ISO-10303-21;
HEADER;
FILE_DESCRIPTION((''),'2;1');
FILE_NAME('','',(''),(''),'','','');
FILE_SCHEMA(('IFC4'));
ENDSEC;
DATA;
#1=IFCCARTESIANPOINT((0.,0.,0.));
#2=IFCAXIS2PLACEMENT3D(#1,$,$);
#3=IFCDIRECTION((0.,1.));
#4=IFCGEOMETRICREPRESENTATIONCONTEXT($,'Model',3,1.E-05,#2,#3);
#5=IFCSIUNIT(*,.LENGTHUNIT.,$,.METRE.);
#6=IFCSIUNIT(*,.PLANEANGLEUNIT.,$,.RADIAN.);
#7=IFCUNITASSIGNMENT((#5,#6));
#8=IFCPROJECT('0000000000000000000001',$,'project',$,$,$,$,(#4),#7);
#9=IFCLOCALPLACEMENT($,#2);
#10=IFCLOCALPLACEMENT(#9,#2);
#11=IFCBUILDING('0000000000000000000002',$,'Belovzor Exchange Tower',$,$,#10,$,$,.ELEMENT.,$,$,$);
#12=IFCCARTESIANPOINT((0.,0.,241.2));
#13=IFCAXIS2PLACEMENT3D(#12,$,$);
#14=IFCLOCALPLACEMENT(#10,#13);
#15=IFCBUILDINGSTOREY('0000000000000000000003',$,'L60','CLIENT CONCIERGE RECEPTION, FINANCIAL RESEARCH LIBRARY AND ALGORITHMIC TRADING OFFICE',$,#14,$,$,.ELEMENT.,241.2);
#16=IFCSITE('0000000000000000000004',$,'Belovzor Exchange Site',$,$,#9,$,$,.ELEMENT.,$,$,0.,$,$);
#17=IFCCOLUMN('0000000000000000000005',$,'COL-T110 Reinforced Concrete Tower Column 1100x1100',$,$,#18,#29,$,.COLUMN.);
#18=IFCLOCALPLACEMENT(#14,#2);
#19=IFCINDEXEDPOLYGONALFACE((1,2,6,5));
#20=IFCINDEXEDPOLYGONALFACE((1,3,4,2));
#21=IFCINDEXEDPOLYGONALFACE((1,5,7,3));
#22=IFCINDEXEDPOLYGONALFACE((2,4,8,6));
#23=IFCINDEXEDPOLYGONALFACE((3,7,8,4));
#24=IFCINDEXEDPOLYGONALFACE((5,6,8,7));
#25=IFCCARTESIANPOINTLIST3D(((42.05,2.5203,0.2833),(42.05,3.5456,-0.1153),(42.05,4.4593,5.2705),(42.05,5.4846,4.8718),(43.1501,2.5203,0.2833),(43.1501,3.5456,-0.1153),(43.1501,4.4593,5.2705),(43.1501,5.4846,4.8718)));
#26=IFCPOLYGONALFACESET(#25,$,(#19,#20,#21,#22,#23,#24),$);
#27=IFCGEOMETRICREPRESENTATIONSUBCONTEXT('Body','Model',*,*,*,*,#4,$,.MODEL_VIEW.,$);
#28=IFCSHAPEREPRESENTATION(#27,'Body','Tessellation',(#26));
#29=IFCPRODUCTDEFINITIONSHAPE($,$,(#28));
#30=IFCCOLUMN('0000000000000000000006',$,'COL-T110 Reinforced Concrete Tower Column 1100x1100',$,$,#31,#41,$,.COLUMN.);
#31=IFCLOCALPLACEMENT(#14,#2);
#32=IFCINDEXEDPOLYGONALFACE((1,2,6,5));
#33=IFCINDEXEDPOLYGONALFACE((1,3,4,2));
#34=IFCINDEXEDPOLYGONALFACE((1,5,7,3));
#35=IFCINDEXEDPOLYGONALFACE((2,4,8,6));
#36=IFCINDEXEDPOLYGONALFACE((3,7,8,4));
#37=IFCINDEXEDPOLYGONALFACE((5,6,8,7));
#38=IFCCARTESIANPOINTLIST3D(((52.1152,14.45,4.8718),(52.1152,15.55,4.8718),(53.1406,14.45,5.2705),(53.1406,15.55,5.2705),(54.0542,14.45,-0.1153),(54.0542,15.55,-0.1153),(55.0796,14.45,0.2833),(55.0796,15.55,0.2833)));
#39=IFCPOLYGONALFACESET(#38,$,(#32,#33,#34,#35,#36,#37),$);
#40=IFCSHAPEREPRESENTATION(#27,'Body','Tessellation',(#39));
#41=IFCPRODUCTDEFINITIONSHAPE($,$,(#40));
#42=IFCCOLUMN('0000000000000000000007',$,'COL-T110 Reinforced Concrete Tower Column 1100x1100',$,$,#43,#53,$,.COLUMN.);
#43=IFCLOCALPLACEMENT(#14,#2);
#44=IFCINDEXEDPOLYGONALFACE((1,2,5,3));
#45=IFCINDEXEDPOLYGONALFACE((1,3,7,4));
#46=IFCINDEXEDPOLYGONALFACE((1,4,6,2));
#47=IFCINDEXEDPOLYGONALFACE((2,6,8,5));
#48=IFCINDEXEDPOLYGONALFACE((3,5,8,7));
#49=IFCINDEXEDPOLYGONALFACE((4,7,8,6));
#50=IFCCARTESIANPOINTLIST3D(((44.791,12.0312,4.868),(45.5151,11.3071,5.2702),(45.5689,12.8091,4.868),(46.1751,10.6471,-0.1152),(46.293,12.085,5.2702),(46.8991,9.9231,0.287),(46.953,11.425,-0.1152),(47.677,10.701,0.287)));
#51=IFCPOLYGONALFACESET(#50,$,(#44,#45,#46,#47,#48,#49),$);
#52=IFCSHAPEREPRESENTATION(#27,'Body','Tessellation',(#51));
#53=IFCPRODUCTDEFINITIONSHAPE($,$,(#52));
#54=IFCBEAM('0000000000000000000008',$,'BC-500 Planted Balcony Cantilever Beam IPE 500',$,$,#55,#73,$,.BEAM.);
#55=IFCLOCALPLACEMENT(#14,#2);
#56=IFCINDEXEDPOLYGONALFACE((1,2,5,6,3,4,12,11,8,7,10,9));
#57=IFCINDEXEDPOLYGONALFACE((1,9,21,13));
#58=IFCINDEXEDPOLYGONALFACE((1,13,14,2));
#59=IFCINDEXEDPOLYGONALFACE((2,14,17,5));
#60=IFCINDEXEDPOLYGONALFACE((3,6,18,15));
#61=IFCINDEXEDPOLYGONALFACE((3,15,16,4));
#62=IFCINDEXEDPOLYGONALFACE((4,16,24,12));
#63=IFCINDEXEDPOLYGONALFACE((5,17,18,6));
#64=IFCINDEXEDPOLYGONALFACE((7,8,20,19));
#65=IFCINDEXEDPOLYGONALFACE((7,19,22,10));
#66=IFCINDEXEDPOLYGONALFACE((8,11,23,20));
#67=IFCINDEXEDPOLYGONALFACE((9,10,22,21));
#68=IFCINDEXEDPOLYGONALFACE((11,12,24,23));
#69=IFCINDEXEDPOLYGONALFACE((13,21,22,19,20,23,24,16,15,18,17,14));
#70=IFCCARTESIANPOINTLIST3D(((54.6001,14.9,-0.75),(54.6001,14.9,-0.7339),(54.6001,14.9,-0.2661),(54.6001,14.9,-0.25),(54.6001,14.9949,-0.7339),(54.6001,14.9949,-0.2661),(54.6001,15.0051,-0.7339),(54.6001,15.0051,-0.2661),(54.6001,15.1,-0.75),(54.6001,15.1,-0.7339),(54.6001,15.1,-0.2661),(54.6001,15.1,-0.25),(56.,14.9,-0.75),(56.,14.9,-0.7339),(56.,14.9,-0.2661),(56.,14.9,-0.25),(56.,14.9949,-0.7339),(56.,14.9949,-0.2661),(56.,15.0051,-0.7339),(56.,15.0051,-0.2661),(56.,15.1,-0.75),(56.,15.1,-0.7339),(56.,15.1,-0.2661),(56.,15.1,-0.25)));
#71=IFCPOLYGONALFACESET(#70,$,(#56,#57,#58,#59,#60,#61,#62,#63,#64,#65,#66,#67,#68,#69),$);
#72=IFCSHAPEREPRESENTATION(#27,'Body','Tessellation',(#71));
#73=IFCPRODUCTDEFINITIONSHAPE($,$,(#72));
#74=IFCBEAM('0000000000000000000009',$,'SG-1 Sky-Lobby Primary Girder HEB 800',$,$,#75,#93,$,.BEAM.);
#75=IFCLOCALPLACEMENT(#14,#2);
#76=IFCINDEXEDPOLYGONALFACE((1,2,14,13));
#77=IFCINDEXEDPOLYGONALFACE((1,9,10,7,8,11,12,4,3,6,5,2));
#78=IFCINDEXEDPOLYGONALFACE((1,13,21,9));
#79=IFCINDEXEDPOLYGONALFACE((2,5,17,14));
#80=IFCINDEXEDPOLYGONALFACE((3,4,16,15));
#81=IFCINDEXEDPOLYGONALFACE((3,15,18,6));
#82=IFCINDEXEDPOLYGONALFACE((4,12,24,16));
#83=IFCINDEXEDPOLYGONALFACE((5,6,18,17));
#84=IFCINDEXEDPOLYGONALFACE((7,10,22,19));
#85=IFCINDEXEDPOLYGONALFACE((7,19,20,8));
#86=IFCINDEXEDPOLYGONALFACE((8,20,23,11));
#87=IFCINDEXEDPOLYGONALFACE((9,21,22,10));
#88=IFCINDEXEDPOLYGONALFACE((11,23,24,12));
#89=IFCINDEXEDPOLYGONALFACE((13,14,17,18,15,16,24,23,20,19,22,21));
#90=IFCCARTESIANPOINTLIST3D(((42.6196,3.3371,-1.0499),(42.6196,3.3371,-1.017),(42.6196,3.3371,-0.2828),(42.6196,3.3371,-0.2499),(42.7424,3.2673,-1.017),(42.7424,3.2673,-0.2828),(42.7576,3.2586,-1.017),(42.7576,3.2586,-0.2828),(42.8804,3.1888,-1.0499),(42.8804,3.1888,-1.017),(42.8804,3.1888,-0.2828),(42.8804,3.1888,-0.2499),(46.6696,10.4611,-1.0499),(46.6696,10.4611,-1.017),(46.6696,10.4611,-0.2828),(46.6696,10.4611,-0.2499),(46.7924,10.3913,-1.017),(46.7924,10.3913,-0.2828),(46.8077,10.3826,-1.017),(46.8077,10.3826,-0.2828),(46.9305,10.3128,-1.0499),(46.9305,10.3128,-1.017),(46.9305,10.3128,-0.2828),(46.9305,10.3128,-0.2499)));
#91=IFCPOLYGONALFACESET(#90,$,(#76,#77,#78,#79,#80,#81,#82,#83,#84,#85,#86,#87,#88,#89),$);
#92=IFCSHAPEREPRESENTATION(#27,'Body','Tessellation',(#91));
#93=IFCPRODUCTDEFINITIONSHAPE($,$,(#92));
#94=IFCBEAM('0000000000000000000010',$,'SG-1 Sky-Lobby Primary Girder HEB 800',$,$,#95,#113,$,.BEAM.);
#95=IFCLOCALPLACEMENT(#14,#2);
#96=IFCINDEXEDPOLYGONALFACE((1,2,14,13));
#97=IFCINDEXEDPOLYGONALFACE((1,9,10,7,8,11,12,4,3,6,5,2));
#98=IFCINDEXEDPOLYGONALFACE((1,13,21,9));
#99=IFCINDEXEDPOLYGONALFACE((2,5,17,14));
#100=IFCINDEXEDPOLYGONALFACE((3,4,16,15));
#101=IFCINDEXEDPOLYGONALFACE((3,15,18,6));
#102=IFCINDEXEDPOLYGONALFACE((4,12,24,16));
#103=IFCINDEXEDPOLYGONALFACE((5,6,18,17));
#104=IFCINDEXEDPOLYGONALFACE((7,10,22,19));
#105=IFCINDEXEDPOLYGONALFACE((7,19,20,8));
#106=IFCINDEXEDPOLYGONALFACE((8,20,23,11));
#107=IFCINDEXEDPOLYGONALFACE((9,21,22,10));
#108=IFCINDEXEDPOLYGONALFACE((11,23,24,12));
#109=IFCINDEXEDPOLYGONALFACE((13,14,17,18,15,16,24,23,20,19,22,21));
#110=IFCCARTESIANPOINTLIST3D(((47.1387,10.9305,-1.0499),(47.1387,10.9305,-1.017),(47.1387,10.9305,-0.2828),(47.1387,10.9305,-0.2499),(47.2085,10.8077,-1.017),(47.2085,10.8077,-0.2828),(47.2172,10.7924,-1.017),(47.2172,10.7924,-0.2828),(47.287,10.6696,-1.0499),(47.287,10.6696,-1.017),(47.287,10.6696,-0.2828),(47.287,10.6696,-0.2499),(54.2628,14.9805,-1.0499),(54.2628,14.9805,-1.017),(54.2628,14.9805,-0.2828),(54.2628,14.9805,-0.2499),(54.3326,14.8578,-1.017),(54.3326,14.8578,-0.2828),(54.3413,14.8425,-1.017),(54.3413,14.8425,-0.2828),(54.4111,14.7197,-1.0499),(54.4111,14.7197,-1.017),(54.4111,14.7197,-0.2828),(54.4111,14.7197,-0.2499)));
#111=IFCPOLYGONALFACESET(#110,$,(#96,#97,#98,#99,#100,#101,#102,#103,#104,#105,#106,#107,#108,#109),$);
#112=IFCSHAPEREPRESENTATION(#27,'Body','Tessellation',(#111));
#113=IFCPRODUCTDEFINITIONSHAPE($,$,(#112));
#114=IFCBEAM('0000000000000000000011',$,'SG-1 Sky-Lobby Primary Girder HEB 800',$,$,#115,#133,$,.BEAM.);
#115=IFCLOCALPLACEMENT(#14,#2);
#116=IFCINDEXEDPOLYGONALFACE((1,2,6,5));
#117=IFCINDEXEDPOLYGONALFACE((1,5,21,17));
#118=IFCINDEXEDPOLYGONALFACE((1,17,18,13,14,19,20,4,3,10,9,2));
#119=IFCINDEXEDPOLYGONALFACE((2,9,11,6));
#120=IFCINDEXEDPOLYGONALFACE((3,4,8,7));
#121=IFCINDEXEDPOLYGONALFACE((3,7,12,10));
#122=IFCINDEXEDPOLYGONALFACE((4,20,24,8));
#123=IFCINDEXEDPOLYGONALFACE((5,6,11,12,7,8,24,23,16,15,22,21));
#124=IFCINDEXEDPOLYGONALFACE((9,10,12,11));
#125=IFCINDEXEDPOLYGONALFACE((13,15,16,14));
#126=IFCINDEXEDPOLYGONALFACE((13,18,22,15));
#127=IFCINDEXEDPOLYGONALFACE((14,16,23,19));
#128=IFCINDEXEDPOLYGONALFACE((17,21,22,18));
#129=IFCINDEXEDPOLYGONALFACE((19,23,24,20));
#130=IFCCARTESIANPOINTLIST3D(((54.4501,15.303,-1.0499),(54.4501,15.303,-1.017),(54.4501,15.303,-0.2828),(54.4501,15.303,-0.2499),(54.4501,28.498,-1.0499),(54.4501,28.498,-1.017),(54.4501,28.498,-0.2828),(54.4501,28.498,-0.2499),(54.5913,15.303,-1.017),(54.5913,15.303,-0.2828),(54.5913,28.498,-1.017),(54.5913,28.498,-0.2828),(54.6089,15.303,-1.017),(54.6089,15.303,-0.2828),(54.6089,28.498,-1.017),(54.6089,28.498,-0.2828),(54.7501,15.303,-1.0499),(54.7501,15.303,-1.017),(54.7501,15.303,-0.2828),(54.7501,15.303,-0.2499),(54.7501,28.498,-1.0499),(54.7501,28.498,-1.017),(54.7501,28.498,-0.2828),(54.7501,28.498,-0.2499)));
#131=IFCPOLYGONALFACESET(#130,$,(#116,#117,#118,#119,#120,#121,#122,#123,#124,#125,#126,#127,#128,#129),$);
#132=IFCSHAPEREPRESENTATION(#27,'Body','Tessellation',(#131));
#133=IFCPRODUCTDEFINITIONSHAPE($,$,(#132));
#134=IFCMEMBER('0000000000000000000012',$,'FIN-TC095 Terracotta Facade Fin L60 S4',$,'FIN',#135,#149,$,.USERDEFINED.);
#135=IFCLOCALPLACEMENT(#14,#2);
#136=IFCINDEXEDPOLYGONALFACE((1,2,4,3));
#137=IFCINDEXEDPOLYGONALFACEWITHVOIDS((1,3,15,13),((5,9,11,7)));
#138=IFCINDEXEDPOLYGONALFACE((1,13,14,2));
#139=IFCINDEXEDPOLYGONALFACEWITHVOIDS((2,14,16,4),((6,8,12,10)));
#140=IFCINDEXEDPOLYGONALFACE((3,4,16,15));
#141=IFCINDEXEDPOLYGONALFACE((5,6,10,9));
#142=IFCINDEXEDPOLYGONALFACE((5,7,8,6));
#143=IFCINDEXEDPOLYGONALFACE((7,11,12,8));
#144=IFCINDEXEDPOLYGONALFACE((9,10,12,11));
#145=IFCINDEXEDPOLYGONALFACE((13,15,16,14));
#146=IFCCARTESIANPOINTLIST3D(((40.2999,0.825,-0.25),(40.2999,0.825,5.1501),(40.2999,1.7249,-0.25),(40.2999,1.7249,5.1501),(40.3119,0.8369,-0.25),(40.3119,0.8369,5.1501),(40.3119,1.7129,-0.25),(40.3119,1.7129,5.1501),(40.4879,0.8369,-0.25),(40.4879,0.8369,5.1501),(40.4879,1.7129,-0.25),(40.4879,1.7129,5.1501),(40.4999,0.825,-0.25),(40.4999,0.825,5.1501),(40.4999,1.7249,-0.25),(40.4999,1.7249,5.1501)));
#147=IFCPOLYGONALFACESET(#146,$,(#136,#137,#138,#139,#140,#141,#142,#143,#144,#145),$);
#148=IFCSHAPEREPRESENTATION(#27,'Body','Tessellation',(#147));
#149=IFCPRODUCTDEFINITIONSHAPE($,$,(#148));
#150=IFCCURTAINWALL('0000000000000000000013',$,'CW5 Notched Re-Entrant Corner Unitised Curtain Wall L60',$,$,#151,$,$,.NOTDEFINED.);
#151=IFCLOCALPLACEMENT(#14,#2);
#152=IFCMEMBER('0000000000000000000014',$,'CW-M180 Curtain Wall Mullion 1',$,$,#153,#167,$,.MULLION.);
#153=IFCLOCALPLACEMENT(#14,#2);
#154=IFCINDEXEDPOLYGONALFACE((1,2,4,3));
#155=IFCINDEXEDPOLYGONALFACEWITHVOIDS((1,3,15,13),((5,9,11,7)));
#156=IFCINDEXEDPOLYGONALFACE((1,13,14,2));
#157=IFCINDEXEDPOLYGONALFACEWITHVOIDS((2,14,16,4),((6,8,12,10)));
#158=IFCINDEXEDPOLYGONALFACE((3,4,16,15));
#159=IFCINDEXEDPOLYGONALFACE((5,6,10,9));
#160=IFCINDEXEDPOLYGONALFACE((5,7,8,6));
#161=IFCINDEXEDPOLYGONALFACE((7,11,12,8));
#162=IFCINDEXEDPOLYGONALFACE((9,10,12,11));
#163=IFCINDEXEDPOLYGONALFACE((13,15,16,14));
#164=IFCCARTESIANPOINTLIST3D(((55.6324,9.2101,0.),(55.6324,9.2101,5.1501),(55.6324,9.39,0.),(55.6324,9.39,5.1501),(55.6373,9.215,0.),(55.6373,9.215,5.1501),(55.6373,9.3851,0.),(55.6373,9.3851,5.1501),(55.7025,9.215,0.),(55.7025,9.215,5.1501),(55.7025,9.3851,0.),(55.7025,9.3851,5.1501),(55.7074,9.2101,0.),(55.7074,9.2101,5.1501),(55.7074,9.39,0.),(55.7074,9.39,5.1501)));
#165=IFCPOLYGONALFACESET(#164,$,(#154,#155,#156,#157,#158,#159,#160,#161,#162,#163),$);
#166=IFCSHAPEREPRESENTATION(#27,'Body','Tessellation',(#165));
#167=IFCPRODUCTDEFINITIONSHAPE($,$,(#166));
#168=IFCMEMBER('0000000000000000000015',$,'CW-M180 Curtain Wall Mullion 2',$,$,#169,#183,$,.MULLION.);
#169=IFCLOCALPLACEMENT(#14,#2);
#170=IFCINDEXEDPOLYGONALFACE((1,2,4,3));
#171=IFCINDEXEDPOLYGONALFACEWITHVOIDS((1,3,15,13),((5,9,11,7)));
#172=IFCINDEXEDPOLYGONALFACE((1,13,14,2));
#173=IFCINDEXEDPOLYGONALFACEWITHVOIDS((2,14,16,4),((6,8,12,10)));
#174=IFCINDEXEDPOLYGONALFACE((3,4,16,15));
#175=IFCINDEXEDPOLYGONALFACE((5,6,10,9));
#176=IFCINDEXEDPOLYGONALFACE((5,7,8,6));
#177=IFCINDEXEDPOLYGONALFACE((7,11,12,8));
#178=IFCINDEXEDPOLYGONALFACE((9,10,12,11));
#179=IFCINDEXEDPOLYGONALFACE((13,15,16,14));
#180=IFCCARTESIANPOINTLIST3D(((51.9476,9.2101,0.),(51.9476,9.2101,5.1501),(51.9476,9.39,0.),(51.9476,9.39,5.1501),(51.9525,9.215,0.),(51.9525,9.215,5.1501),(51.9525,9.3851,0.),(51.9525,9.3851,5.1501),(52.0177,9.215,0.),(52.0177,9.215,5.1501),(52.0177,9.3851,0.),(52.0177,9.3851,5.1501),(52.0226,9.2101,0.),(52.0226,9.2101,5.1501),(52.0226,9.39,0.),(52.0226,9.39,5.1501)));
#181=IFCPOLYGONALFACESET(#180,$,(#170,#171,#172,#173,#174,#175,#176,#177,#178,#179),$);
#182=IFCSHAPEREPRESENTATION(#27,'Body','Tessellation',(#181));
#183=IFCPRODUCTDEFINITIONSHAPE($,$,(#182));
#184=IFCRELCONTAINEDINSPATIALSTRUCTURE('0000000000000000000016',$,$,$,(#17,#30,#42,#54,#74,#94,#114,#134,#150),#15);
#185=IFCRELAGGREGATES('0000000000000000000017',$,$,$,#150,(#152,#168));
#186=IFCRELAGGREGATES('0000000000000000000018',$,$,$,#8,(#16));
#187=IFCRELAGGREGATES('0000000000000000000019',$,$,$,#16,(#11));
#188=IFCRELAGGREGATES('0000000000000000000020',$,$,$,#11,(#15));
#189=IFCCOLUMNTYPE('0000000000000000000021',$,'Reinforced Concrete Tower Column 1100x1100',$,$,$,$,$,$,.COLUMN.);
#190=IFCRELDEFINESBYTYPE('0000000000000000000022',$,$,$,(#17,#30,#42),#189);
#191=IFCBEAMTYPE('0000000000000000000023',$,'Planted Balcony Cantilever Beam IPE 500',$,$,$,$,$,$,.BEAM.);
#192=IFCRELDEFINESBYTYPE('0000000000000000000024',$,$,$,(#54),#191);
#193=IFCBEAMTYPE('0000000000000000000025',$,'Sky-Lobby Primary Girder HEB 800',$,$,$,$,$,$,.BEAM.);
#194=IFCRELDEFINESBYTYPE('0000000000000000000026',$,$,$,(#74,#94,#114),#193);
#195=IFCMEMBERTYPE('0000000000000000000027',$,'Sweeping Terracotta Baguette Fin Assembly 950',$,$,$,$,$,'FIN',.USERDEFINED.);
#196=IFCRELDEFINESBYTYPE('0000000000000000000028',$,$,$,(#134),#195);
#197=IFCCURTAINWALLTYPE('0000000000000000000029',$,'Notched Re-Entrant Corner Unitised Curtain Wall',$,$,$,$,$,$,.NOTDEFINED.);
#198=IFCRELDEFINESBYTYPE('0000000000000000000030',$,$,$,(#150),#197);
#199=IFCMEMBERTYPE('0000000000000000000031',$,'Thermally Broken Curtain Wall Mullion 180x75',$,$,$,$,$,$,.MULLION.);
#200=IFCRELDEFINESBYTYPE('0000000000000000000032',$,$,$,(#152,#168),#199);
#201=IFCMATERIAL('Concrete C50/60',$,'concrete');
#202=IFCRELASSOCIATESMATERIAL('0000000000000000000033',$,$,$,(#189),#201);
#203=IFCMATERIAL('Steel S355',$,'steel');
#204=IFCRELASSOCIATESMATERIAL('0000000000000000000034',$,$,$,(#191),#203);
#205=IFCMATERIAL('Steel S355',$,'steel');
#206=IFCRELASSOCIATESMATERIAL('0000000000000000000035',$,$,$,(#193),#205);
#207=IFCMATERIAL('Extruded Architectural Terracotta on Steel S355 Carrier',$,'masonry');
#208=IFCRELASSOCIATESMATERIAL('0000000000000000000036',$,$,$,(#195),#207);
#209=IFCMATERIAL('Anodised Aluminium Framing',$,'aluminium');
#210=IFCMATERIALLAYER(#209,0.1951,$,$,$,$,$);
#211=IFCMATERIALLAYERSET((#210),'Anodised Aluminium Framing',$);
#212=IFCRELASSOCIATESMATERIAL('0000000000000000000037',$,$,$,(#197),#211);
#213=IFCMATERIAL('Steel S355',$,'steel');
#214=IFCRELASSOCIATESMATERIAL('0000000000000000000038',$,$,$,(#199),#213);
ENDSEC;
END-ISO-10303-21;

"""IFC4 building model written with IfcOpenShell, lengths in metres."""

from ifc_helpers import new_model, si_unit, direction, frame, origin, origin_2d, place, context, subcontext, project, spatial, rectangle, hollow_rectangle, i_section, extrude, material, layer, layer_set, material_profile, profile_set, type_object, element, aggregate, save


model = new_model("IFC4")

# Units and contexts
model_context = context("Model", 3, precision=1e-05, world=origin(), true_north=direction((0.0, 1.0)))
body_context = subcontext(model_context, "Body", "Model", "MODEL_VIEW")
ifc_project = project(units=[si_unit("LENGTHUNIT", "METRE"), si_unit("PLANEANGLEUNIT", "RADIAN")], contexts=[model_context])

# Site, building, storey
site_placement = place(None, origin())
site = spatial("IfcSite", under=ifc_project, at=site_placement, Name="Belovzor Exchange Site", CompositionType="ELEMENT", RefElevation=0.0)
building_placement = place(site_placement, origin())
building = spatial("IfcBuilding", under=site, at=building_placement, Name="Belovzor Exchange Tower", CompositionType="ELEMENT")
storey_placement = place(building_placement, frame((0.0, 0.0, 241.2)))
storey = spatial("IfcBuildingStorey", under=building, at=storey_placement, Name="L60", Description="CLIENT CONCIERGE RECEPTION, FINANCIAL RESEARCH LIBRARY AND ALGORITHMIC TRADING OFFICE", CompositionType="ELEMENT", Elevation=241.2)

# Columns
ifc_material_1 = material(Name="Concrete C50/60", Category="concrete")
ifc_material_profile_1 = material_profile(ifc_material_1, rectangle(XDim=1.1001, YDim=1.1001, at=origin_2d()))
ifc_profile_set_1 = profile_set([ifc_material_profile_1], Name="Concrete C50/60")
column_type = type_object("IfcColumnType", Name="Reinforced Concrete Tower Column 1100x1100", PredefinedType="COLUMN", material=ifc_profile_set_1)
for number, where, z_axis, x_axis, name in (
    (1, (42.6001, 3.033, 0.084), (0.0, 0.362374, 0.932033), (-1.0, 0.0, 0.0), "COL-T110 Reinforced Concrete Tower Column 1100x1100"),
    (2, (54.5669, 15.0, 0.084), (-0.362374, 0.0, 0.932033), (0.0, -1.0, 0.0), "COL-T110 Reinforced Concrete Tower Column 1100x1100"),
):
    element("IfcColumn", number, at=place(storey_placement, frame(where, z_axis=z_axis, x_axis=x_axis)), inside=storey, type_object=column_type, Name=name, PredefinedType="COLUMN", context=body_context, shape_type="SweptSolid", body=[
        extrude(rectangle(XDim=1.1001, YDim=1.1001, at=origin_2d()), origin(), (0.0, 0.0, 1.0), 5.3508),
    ])
column_placement = place(storey_placement, frame((46.926, 10.6741, 0.0859), z_axis=(-0.258515, 0.258515, 0.930774), x_axis=(-0.707107, -0.707107, 0.0)))
element("IfcColumn", 3, at=column_placement, inside=storey, type_object=column_type, Name="COL-T110 Reinforced Concrete Tower Column 1100x1100", PredefinedType="COLUMN", context=body_context, shape_type="SweptSolid", body=[
    extrude(rectangle(XDim=1.1001, YDim=1.1001, at=origin_2d()), origin(), (0.0, 0.0, 1.0), 5.3538),
])

# Beams
ifc_material_2 = material(Name="Steel S355", Category="steel")
ifc_material_profile_2 = material_profile(ifc_material_2, i_section(OverallWidth=0.2, OverallDepth=0.5, WebThickness=0.0103, FlangeThickness=0.0161, at=origin_2d()))
ifc_profile_set_2 = profile_set([ifc_material_profile_2], Name="Steel S355")
beam_type_1 = type_object("IfcBeamType", Name="Planted Balcony Cantilever Beam IPE 500", PredefinedType="BEAM", material=ifc_profile_set_2)
beam_1_placement = place(storey_placement, frame((54.6001, 15.0, -0.5), z_axis=(1.0, 0.0, 0.0), x_axis=(0.0, 1.0, 0.0)))
element("IfcBeam", 4, at=beam_1_placement, inside=storey, type_object=beam_type_1, Name="BC-500 Planted Balcony Cantilever Beam IPE 500", PredefinedType="BEAM", context=body_context, shape_type="SweptSolid", body=[
    extrude(i_section(OverallWidth=0.2, OverallDepth=0.5, WebThickness=0.0103, FlangeThickness=0.0161, at=origin_2d()), origin(), (0.0, 0.0, 1.0), 1.3999),
])
ifc_material_3 = material(Name="Steel S355", Category="steel")
ifc_material_profile_3 = material_profile(ifc_material_3, i_section(OverallWidth=0.3, OverallDepth=0.8, WebThickness=0.0176, FlangeThickness=0.033, at=origin_2d()))
ifc_profile_set_3 = profile_set([ifc_material_profile_3], Name="Steel S355")
beam_type_2 = type_object("IfcBeamType", Name="Sky-Lobby Primary Girder HEB 800", PredefinedType="BEAM", material=ifc_profile_set_3)
for number, where, z_axis, x_axis, name in (
    (5, (42.75, 3.2629, -0.6499), (0.494222, 0.869336, 0.0), (-0.869336, 0.494222, 0.0), "SG-1 Sky-Lobby Primary Girder HEB 800"),
    (6, (47.2129, 10.8, -0.6499), (0.869336, 0.494222, 0.0), (-0.494222, 0.869336, 0.0), "SG-1 Sky-Lobby Primary Girder HEB 800"),
):
    element("IfcBeam", number, at=place(storey_placement, frame(where, z_axis=z_axis, x_axis=x_axis)), inside=storey, type_object=beam_type_2, Name=name, PredefinedType="BEAM", context=body_context, shape_type="SweptSolid", body=[
        extrude(i_section(OverallWidth=0.3, OverallDepth=0.8, WebThickness=0.0176, FlangeThickness=0.033, at=origin_2d()), origin(), (0.0, 0.0, 1.0), 8.1948),
    ])
beam_2_placement = place(storey_placement, frame((54.6001, 15.303, -0.6499), z_axis=(0.0, 1.0, 0.0), x_axis=(-1.0, 0.0, 0.0)))
element("IfcBeam", 7, at=beam_2_placement, inside=storey, type_object=beam_type_2, Name="SG-1 Sky-Lobby Primary Girder HEB 800", PredefinedType="BEAM", context=body_context, shape_type="SweptSolid", body=[
    extrude(i_section(OverallWidth=0.3, OverallDepth=0.8, WebThickness=0.0176, FlangeThickness=0.033, at=origin_2d()), origin(), (0.0, 0.0, 1.0), 13.1951),
])

# Member
ifc_material_4 = material(Name="Extruded Architectural Terracotta on Steel S355 Carrier", Category="masonry")
ifc_material_profile_4 = material_profile(ifc_material_4, hollow_rectangle(XDim=0.2, YDim=0.8999, WallThickness=0.012, at=origin_2d()))
ifc_profile_set_4 = profile_set([ifc_material_profile_4], Name="Extruded Architectural Terracotta on Steel S355 Carrier")
member_type_1 = type_object("IfcMemberType", Name="Sweeping Terracotta Baguette Fin Assembly 950", ElementType="FIN", PredefinedType="USERDEFINED", material=ifc_profile_set_4)
member_1_placement = place(storey_placement, frame((40.3999, 1.2749, -0.25), z_axis=(0.0, 0.0, 1.0), x_axis=(1.0, 0.0, 0.0)))
element("IfcMember", 8, at=member_1_placement, inside=storey, type_object=member_type_1, Name="FIN-TC095 Terracotta Facade Fin L60 S4", ObjectType="FIN", PredefinedType="USERDEFINED", context=body_context, shape_type="SweptSolid", body=[
    extrude(hollow_rectangle(XDim=0.2, YDim=0.8999, WallThickness=0.012, at=origin_2d()), origin(), (0.0, 0.0, 1.0), 5.4001),
])

# Curtain wall, members
ifc_material_5 = material(Name="Anodised Aluminium Framing", Category="aluminium")
ifc_layer_1 = layer(ifc_material_5, 0.1951)
ifc_layer_set_1 = layer_set([ifc_layer_1], Name="Anodised Aluminium Framing")
curtain_wall_type = type_object("IfcCurtainWallType", Name="Notched Re-Entrant Corner Unitised Curtain Wall", PredefinedType="NOTDEFINED", material=ifc_layer_set_1)
curtain_wall_placement = place(storey_placement, origin())
curtain_wall = element("IfcCurtainWall", 9, at=curtain_wall_placement, inside=storey, type_object=curtain_wall_type, Name="CW5 Notched Re-Entrant Corner Unitised Curtain Wall L60", PredefinedType="NOTDEFINED")
ifc_material_6 = material(Name="Steel S355", Category="steel")
ifc_material_profile_5 = material_profile(ifc_material_6, hollow_rectangle(XDim=0.075, YDim=0.1799, WallThickness=0.0049, at=origin_2d()))
ifc_profile_set_5 = profile_set([ifc_material_profile_5], Name="Steel S355")
member_type_2 = type_object("IfcMemberType", Name="Thermally Broken Curtain Wall Mullion 180x75", PredefinedType="MULLION", material=ifc_profile_set_5)
member_2_placement = place(storey_placement, frame((55.6699, 9.3, 0.0), z_axis=(0.0, 0.0, 1.0), x_axis=(-1.0, 0.0, 0.0)))
member_2 = element("IfcMember", 10, at=member_2_placement, type_object=member_type_2, Name="CW-M180 Curtain Wall Mullion 1", PredefinedType="MULLION", context=body_context, shape_type="SweptSolid", body=[
    extrude(hollow_rectangle(XDim=0.075, YDim=0.1799, WallThickness=0.0049, at=origin_2d()), origin(), (0.0, 0.0, 1.0), 5.1501),
])
member_3_placement = place(storey_placement, frame((51.9851, 9.3, 0.0), z_axis=(0.0, 0.0, 1.0), x_axis=(-1.0, 0.0, 0.0)))
member_3 = element("IfcMember", 11, at=member_3_placement, type_object=member_type_2, Name="CW-M180 Curtain Wall Mullion 2", PredefinedType="MULLION", context=body_context, shape_type="SweptSolid", body=[
    extrude(hollow_rectangle(XDim=0.075, YDim=0.1799, WallThickness=0.0049, at=origin_2d()), origin(), (0.0, 0.0, 1.0), 5.1501),
])
aggregate(curtain_wall, [member_2, member_3])

save(model, "model.ifc")
